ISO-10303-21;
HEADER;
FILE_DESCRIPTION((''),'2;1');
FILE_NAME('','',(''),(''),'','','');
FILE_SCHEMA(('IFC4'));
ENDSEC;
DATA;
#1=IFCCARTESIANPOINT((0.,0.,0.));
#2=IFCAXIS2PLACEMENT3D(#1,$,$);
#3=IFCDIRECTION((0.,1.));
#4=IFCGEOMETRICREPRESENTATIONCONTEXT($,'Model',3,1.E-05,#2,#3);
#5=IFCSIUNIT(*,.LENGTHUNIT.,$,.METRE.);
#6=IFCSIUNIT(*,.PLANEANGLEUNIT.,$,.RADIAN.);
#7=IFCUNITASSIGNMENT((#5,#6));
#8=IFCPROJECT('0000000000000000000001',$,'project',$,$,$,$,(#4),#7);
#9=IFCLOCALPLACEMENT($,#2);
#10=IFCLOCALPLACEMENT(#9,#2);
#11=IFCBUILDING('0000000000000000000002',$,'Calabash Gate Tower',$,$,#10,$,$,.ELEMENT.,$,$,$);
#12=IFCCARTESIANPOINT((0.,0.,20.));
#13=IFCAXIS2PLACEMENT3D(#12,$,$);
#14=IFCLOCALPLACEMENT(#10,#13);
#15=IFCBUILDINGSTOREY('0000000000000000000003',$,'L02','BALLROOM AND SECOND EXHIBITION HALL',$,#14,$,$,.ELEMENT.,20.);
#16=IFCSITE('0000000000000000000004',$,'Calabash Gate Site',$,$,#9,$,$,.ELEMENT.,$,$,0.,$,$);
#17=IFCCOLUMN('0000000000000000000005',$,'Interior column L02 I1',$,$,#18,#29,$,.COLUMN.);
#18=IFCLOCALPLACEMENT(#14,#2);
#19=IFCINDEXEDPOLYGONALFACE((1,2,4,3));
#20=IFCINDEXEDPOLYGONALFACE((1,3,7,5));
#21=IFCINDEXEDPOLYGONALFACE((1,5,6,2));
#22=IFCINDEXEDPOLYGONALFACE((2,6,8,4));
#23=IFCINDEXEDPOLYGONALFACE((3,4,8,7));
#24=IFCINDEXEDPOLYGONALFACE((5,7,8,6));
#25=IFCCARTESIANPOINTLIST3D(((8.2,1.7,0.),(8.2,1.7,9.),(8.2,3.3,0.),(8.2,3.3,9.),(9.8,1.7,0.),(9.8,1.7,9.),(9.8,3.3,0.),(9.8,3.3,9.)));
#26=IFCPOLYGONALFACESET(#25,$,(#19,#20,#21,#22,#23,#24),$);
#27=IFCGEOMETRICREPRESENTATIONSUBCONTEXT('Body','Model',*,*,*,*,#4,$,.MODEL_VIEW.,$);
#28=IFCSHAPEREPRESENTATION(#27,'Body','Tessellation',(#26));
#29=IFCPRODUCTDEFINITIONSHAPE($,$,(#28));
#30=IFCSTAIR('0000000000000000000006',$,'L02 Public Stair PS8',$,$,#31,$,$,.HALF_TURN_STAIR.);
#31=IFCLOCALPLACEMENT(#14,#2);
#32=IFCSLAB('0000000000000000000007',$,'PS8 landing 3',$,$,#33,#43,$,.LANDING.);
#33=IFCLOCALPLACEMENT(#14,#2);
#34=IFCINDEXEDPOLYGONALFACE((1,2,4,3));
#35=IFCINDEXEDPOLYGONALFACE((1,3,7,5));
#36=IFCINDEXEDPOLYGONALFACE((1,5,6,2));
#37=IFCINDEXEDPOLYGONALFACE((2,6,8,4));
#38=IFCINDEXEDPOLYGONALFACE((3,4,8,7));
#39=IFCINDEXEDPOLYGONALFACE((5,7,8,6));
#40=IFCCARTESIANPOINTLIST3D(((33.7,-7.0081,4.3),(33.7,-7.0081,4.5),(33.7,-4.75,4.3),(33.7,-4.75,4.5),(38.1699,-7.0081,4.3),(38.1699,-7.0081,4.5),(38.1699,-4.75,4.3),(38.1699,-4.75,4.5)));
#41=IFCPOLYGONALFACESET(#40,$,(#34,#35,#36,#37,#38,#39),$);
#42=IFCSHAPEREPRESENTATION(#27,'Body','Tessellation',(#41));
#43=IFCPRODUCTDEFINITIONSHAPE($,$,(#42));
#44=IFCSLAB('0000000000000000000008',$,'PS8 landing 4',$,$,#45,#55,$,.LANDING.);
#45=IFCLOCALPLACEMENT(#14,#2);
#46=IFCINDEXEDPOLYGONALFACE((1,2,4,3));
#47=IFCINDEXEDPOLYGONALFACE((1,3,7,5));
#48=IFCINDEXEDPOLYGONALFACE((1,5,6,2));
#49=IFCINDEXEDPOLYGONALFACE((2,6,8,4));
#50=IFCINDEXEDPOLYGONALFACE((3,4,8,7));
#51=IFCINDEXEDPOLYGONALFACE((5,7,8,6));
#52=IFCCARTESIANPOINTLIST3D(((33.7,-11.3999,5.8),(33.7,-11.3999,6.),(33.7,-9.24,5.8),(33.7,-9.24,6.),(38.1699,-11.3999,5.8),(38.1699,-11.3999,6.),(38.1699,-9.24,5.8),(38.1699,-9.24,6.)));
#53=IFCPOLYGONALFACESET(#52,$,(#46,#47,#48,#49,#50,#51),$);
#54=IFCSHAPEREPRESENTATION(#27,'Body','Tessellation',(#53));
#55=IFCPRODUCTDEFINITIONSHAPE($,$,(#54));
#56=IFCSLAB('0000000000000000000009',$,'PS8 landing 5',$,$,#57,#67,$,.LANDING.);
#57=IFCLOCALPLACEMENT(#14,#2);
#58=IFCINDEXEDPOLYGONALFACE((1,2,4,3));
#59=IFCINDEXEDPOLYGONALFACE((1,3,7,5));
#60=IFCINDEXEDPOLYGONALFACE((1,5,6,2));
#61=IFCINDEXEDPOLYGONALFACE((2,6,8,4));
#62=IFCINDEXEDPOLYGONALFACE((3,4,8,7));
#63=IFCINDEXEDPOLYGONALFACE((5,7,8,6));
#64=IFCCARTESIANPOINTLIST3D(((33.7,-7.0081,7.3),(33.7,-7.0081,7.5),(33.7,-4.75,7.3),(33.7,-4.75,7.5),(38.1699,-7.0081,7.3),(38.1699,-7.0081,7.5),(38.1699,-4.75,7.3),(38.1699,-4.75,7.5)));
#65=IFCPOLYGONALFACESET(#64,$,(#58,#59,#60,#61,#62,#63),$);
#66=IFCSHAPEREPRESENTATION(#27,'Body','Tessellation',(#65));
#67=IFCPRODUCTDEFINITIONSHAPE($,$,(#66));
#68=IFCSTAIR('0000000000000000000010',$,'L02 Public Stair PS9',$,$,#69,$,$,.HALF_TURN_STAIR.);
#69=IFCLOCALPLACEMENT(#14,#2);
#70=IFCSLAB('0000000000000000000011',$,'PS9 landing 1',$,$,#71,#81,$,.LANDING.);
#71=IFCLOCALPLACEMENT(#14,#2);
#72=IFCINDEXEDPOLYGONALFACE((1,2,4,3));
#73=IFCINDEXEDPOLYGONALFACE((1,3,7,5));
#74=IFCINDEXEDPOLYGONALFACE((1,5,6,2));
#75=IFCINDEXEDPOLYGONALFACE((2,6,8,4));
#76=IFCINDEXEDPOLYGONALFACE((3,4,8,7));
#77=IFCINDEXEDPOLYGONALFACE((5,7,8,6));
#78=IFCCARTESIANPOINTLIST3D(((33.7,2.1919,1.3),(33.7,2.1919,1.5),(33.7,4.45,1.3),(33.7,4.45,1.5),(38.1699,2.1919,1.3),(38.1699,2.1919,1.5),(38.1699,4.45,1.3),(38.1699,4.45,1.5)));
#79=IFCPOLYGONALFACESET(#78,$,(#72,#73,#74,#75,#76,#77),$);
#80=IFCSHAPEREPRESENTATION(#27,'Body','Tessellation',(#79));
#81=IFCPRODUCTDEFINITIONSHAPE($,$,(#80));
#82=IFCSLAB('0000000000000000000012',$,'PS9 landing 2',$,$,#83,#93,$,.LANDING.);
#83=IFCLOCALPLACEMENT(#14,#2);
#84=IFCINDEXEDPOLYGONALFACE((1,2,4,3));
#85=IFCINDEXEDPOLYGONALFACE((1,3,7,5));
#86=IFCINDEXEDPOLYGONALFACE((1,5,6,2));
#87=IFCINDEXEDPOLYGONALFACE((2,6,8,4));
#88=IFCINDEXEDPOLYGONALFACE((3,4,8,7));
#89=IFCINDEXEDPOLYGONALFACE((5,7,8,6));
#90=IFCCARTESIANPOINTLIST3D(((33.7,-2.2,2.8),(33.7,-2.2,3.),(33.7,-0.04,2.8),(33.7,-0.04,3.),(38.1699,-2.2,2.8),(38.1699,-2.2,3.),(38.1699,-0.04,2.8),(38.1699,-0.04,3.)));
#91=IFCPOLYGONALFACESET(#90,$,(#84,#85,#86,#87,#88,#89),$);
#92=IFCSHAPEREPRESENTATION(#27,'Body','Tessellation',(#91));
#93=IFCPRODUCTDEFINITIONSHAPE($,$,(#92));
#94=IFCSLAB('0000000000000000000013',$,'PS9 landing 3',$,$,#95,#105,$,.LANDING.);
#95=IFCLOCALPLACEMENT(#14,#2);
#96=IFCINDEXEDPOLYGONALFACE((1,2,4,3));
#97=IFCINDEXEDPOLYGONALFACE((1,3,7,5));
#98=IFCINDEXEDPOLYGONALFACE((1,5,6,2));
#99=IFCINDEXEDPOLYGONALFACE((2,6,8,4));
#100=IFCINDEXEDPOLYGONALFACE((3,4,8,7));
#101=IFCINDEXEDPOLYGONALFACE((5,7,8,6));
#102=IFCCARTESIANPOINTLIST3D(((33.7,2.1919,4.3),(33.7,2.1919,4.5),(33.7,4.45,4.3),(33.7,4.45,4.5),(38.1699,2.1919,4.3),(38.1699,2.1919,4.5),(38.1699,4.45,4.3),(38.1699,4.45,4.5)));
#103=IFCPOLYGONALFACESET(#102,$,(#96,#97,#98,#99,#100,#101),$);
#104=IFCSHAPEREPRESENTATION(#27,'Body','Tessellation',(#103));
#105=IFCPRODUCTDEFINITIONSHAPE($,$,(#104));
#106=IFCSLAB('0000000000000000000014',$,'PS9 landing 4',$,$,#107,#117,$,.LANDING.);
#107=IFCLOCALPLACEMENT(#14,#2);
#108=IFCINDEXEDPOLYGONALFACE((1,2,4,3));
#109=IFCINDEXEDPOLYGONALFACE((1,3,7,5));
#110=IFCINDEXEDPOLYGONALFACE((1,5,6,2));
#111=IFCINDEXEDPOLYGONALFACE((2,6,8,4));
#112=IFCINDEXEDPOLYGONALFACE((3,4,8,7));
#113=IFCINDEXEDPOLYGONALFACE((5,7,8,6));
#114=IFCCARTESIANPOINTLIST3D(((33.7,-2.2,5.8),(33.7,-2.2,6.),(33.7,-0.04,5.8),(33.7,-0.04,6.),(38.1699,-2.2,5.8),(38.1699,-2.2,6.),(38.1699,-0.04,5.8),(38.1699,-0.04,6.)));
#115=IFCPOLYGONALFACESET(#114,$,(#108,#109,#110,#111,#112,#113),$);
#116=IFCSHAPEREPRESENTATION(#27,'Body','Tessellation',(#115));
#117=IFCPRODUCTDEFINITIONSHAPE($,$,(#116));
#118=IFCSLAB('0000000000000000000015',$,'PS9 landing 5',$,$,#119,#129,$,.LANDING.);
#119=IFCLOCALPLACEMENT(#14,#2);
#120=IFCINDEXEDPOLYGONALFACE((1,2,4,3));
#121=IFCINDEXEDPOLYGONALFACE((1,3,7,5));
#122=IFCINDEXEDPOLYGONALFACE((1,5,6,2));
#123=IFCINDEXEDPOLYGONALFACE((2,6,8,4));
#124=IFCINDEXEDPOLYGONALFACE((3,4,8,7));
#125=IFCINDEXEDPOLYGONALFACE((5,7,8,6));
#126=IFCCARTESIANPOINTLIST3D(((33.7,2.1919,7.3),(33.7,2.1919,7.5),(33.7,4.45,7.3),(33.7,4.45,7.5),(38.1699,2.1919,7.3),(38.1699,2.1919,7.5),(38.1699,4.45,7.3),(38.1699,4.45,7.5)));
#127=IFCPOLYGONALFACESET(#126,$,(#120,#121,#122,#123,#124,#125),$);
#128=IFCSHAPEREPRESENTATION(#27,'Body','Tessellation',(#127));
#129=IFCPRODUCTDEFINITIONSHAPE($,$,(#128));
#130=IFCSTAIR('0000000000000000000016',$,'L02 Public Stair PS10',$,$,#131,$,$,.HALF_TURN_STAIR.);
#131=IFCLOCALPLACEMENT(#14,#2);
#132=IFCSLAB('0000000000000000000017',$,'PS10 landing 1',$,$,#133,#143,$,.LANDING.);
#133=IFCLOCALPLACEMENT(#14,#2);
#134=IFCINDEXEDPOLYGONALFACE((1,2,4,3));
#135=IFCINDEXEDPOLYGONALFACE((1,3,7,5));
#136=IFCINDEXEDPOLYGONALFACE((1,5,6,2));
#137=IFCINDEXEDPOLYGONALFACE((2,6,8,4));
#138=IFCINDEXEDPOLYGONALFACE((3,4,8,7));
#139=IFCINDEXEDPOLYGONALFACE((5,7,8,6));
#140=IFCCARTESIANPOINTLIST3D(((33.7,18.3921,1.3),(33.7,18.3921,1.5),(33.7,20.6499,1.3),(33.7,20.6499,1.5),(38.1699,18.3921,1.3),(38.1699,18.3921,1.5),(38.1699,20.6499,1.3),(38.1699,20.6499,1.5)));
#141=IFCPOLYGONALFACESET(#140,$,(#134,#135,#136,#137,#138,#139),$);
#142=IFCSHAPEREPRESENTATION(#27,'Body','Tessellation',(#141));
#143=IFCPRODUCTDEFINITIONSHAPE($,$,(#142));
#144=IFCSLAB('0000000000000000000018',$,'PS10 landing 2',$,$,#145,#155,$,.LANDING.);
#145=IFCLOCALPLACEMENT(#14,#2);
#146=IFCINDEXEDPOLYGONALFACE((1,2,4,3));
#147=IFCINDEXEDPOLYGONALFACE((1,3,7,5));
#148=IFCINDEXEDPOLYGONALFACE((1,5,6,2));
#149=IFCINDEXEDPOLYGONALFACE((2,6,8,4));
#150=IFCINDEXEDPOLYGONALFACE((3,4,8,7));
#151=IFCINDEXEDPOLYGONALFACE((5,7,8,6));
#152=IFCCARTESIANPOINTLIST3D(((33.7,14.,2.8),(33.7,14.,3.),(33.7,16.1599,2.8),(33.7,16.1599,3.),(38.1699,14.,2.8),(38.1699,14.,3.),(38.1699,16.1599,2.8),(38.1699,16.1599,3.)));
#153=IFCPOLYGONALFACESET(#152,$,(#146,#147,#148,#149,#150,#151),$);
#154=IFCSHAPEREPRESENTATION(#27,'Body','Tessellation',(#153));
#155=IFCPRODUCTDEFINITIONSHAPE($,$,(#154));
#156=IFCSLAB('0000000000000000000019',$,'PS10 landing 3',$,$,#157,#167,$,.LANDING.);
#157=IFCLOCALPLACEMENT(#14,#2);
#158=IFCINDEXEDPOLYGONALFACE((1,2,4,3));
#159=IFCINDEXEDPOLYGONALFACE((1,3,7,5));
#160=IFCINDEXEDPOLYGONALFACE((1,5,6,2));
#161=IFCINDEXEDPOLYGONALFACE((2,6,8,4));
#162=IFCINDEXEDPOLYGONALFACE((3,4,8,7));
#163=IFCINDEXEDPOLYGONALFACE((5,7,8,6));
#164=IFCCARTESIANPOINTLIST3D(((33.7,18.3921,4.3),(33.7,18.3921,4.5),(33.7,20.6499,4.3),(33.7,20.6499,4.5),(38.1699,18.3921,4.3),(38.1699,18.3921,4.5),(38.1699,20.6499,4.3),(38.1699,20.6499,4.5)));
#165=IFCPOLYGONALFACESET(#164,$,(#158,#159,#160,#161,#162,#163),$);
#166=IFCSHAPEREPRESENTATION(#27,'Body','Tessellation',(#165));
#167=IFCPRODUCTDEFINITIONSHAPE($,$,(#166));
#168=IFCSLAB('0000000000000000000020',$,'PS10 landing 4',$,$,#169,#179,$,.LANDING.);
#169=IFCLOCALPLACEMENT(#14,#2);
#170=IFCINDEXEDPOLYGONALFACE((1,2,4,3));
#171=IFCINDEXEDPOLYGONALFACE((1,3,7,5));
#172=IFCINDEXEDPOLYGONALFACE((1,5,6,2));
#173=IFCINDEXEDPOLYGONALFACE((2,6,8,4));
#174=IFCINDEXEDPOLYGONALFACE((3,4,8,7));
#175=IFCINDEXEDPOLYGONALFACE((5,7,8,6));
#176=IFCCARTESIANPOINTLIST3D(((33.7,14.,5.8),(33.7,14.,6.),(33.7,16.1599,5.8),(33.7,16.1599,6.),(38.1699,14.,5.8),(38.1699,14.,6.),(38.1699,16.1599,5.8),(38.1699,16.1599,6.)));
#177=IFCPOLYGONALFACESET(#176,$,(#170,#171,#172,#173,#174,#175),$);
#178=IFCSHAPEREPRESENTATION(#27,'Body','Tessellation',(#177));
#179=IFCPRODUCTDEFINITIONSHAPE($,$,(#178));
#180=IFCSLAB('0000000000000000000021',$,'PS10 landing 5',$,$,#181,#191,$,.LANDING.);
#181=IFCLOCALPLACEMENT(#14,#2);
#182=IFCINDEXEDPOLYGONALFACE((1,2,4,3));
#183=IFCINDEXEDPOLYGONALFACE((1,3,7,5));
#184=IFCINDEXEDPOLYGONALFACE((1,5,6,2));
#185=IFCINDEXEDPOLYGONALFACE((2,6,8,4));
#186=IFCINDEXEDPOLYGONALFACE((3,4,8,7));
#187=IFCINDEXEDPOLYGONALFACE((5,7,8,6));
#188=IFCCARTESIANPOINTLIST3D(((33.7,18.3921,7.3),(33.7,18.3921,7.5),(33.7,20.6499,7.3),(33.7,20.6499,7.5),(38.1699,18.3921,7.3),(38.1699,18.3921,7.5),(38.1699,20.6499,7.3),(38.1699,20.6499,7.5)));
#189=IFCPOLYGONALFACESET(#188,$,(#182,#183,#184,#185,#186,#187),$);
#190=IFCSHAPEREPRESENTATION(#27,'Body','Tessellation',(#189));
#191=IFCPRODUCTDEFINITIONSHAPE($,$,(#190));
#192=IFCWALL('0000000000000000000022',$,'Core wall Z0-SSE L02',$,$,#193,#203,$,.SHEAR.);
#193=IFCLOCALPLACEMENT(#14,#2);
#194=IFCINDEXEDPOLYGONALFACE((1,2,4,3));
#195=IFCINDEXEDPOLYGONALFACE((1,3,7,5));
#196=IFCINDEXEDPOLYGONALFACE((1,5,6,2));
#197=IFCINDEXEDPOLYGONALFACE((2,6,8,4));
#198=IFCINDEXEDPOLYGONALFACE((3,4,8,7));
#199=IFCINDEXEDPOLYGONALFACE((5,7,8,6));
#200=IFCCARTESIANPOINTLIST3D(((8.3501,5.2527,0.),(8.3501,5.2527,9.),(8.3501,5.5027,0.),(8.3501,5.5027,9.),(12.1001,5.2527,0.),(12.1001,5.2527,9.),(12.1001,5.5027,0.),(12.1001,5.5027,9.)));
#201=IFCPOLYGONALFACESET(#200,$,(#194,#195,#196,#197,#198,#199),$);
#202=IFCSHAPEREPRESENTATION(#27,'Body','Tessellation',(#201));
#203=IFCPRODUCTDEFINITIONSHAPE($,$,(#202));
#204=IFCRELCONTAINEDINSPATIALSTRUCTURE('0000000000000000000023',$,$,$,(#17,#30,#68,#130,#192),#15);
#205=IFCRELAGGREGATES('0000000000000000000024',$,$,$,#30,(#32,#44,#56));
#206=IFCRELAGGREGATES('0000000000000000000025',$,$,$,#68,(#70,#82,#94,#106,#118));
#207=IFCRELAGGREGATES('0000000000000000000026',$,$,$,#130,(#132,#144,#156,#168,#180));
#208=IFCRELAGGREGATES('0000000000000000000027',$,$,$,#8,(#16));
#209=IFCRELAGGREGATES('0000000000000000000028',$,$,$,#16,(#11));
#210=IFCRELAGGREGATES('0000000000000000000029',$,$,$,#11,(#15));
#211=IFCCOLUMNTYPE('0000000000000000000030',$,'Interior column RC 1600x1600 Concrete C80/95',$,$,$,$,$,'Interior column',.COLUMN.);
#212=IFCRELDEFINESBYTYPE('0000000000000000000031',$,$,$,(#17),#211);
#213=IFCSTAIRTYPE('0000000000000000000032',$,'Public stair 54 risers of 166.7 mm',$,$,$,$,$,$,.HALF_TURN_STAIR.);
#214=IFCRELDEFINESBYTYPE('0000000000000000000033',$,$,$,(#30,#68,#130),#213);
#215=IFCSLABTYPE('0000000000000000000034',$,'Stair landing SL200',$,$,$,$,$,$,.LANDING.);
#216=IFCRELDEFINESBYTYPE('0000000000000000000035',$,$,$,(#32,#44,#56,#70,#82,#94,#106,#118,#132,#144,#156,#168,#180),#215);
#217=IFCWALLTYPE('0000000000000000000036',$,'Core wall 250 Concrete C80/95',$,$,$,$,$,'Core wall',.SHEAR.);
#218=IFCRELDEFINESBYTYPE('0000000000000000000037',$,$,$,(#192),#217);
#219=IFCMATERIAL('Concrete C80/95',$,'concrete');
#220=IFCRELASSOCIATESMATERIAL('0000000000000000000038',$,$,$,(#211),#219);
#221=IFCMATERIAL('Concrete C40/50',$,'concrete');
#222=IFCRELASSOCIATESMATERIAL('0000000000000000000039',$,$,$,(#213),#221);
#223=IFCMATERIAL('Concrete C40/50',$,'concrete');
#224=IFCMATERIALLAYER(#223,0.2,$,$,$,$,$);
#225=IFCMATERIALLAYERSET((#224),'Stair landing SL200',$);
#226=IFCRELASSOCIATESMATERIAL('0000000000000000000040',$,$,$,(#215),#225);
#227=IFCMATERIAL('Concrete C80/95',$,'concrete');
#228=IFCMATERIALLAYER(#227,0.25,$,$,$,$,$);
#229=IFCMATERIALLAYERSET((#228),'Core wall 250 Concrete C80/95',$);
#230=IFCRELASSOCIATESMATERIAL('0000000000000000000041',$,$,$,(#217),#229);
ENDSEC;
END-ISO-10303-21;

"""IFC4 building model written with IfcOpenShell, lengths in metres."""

from ifc_helpers import new_model, si_unit, direction, frame, frame_2d, origin, origin_2d, place, context, subcontext, project, spatial, polyline, rectangle, outline, extrude, material, layer, layer_set, material_profile, profile_set, type_object, element, aggregate, save


model = new_model("IFC4")

# Units and contexts
model_context = context("Model", 3, precision=1e-05, world=origin(), true_north=direction((0.0, 1.0)))
body_context = subcontext(model_context, "Body", "Model", "MODEL_VIEW")
ifc_project = project(units=[si_unit("LENGTHUNIT", "METRE"), si_unit("PLANEANGLEUNIT", "RADIAN")], contexts=[model_context])

# Site, building, storey
site_placement = place(None, origin())
site = spatial("IfcSite", under=ifc_project, at=site_placement, Name="Calabash Gate Site", CompositionType="ELEMENT", RefElevation=0.0)
building_placement = place(site_placement, origin())
building = spatial("IfcBuilding", under=site, at=building_placement, Name="Calabash Gate Tower", CompositionType="ELEMENT")
storey_placement = place(building_placement, frame((0.0, 0.0, 20.0)))
storey = spatial("IfcBuildingStorey", under=building, at=storey_placement, Name="L02", Description="BALLROOM AND SECOND EXHIBITION HALL", CompositionType="ELEMENT", Elevation=20.0)

# Column
ifc_material_1 = material(Name="Concrete C80/95", Category="concrete")
ifc_material_profile = material_profile(ifc_material_1, rectangle(XDim=1.6001, YDim=1.6001, at=origin_2d()))
ifc_profile_set = profile_set([ifc_material_profile], Name="Concrete C80/95")
column_type = type_object("IfcColumnType", Name="Interior column RC 1600x1600 Concrete C80/95", ElementType="Interior column", PredefinedType="COLUMN", material=ifc_profile_set)
column_placement = place(storey_placement, frame((9.0, 2.5, 0.0), z_axis=(0.0, 0.0, 1.0), x_axis=(1.0, 0.0, 0.0)))
element("IfcColumn", 1, at=column_placement, inside=storey, type_object=column_type, Name="Interior column L02 I1", PredefinedType="COLUMN", context=body_context, shape_type="SweptSolid", body=[
    extrude(rectangle(XDim=1.6001, YDim=1.6001, at=origin_2d()), origin(), (0.0, 0.0, 1.0), 9.0),
])

# Stairs, slabs
ifc_material_2 = material(Name="Concrete C40/50", Category="concrete")
stair_type = type_object("IfcStairType", Name="Public stair 54 risers of 166.7 mm", PredefinedType="HALF_TURN_STAIR", material=ifc_material_2)
stair_1_placement = place(storey_placement, origin())
stair_1 = element("IfcStair", 2, at=stair_1_placement, inside=storey, type_object=stair_type, Name="L02 Public Stair PS8", PredefinedType="HALF_TURN_STAIR")
ifc_material_3 = material(Name="Concrete C40/50", Category="concrete")
ifc_layer_1 = layer(ifc_material_3, 0.2)
ifc_layer_set_1 = layer_set([ifc_layer_1], Name="Stair landing SL200")
slab_type = type_object("IfcSlabType", Name="Stair landing SL200", PredefinedType="LANDING", material=ifc_layer_set_1)
slab_1_placement = place(storey_placement, frame((0.0, 0.0, 4.3)))
slab_1 = element("IfcSlab", 3, at=slab_1_placement, type_object=slab_type, Name="PS8 landing 3", PredefinedType="LANDING", context=body_context, shape_type="SweptSolid", body=[
    extrude(outline(polyline([(38.1699, -7.0081), (38.1699, -4.75), (33.7, -4.75), (33.7, -7.0081), (38.1699, -7.0081)])), origin(), (0.0, 0.0, 1.0), 0.2),
])
slab_2_placement = place(storey_placement, frame((0.0, 0.0, 5.8)))
slab_2 = element("IfcSlab", 4, at=slab_2_placement, type_object=slab_type, Name="PS8 landing 4", PredefinedType="LANDING", context=body_context, shape_type="SweptSolid", body=[
    extrude(outline(polyline([(38.1699, -11.3999), (38.1699, -9.24), (33.7, -9.24), (33.7, -11.3999), (38.1699, -11.3999)])), origin(), (0.0, 0.0, 1.0), 0.2),
])
slab_3_placement = place(storey_placement, frame((0.0, 0.0, 7.3)))
slab_3 = element("IfcSlab", 5, at=slab_3_placement, type_object=slab_type, Name="PS8 landing 5", PredefinedType="LANDING", context=body_context, shape_type="SweptSolid", body=[
    extrude(outline(polyline([(38.1699, -7.0081), (38.1699, -4.75), (33.7, -4.75), (33.7, -7.0081), (38.1699, -7.0081)])), origin(), (0.0, 0.0, 1.0), 0.2),
])
aggregate(stair_1, [slab_1, slab_2, slab_3])
stair_2_placement = place(storey_placement, origin())
stair_2 = element("IfcStair", 6, at=stair_2_placement, inside=storey, type_object=stair_type, Name="L02 Public Stair PS9", PredefinedType="HALF_TURN_STAIR")
slab_4_placement = place(storey_placement, frame((0.0, 0.0, 1.3)))
slab_4 = element("IfcSlab", 7, at=slab_4_placement, type_object=slab_type, Name="PS9 landing 1", PredefinedType="LANDING", context=body_context, shape_type="SweptSolid", body=[
    extrude(outline(polyline([(38.1699, 2.1919), (38.1699, 4.45), (33.7, 4.45), (33.7, 2.1919), (38.1699, 2.1919)])), origin(), (0.0, 0.0, 1.0), 0.2),
])
slab_5_placement = place(storey_placement, frame((0.0, 0.0, 2.8)))
slab_5 = element("IfcSlab", 8, at=slab_5_placement, type_object=slab_type, Name="PS9 landing 2", PredefinedType="LANDING", context=body_context, shape_type="SweptSolid", body=[
    extrude(outline(polyline([(38.1699, -2.2), (38.1699, -0.04), (33.7, -0.04), (33.7, -2.2), (38.1699, -2.2)])), origin(), (0.0, 0.0, 1.0), 0.2),
])
slab_6_placement = place(storey_placement, frame((0.0, 0.0, 4.3)))
slab_6 = element("IfcSlab", 9, at=slab_6_placement, type_object=slab_type, Name="PS9 landing 3", PredefinedType="LANDING", context=body_context, shape_type="SweptSolid", body=[
    extrude(outline(polyline([(38.1699, 2.1919), (38.1699, 4.45), (33.7, 4.45), (33.7, 2.1919), (38.1699, 2.1919)])), origin(), (0.0, 0.0, 1.0), 0.2),
])
slab_7_placement = place(storey_placement, frame((0.0, 0.0, 5.8)))
slab_7 = element("IfcSlab", 10, at=slab_7_placement, type_object=slab_type, Name="PS9 landing 4", PredefinedType="LANDING", context=body_context, shape_type="SweptSolid", body=[
    extrude(outline(polyline([(38.1699, -2.2), (38.1699, -0.04), (33.7, -0.04), (33.7, -2.2), (38.1699, -2.2)])), origin(), (0.0, 0.0, 1.0), 0.2),
])
slab_8_placement = place(storey_placement, frame((0.0, 0.0, 7.3)))
slab_8 = element("IfcSlab", 11, at=slab_8_placement, type_object=slab_type, Name="PS9 landing 5", PredefinedType="LANDING", context=body_context, shape_type="SweptSolid", body=[
    extrude(outline(polyline([(38.1699, 2.1919), (38.1699, 4.45), (33.7, 4.45), (33.7, 2.1919), (38.1699, 2.1919)])), origin(), (0.0, 0.0, 1.0), 0.2),
])
aggregate(stair_2, [slab_4, slab_5, slab_6, slab_7, slab_8])
stair_3_placement = place(storey_placement, origin())
stair_3 = element("IfcStair", 12, at=stair_3_placement, inside=storey, type_object=stair_type, Name="L02 Public Stair PS10", PredefinedType="HALF_TURN_STAIR")
slab_9_placement = place(storey_placement, frame((0.0, 0.0, 1.3)))
slab_9 = element("IfcSlab", 13, at=slab_9_placement, type_object=slab_type, Name="PS10 landing 1", PredefinedType="LANDING", context=body_context, shape_type="SweptSolid", body=[
    extrude(outline(polyline([(38.1699, 18.3921), (38.1699, 20.6499), (33.7, 20.6499), (33.7, 18.3921), (38.1699, 18.3921)])), origin(), (0.0, 0.0, 1.0), 0.2),
])
slab_10_placement = place(storey_placement, frame((0.0, 0.0, 2.8)))
slab_10 = element("IfcSlab", 14, at=slab_10_placement, type_object=slab_type, Name="PS10 landing 2", PredefinedType="LANDING", context=body_context, shape_type="SweptSolid", body=[
    extrude(outline(polyline([(38.1699, 14.0), (38.1699, 16.1599), (33.7, 16.1599), (33.7, 14.0), (38.1699, 14.0)])), origin(), (0.0, 0.0, 1.0), 0.2),
])
slab_11_placement = place(storey_placement, frame((0.0, 0.0, 4.3)))
slab_11 = element("IfcSlab", 15, at=slab_11_placement, type_object=slab_type, Name="PS10 landing 3", PredefinedType="LANDING", context=body_context, shape_type="SweptSolid", body=[
    extrude(outline(polyline([(38.1699, 18.3921), (38.1699, 20.6499), (33.7, 20.6499), (33.7, 18.3921), (38.1699, 18.3921)])), origin(), (0.0, 0.0, 1.0), 0.2),
])
slab_12_placement = place(storey_placement, frame((0.0, 0.0, 5.8)))
slab_12 = element("IfcSlab", 16, at=slab_12_placement, type_object=slab_type, Name="PS10 landing 4", PredefinedType="LANDING", context=body_context, shape_type="SweptSolid", body=[
    extrude(outline(polyline([(38.1699, 14.0), (38.1699, 16.1599), (33.7, 16.1599), (33.7, 14.0), (38.1699, 14.0)])), origin(), (0.0, 0.0, 1.0), 0.2),
])
slab_13_placement = place(storey_placement, frame((0.0, 0.0, 7.3)))
slab_13 = element("IfcSlab", 17, at=slab_13_placement, type_object=slab_type, Name="PS10 landing 5", PredefinedType="LANDING", context=body_context, shape_type="SweptSolid", body=[
    extrude(outline(polyline([(38.1699, 18.3921), (38.1699, 20.6499), (33.7, 20.6499), (33.7, 18.3921), (38.1699, 18.3921)])), origin(), (0.0, 0.0, 1.0), 0.2),
])
aggregate(stair_3, [slab_9, slab_10, slab_11, slab_12, slab_13])

# Wall
ifc_material_4 = material(Name="Concrete C80/95", Category="concrete")
ifc_layer_2 = layer(ifc_material_4, 0.25)
ifc_layer_set_2 = layer_set([ifc_layer_2], Name="Core wall 250 Concrete C80/95")
wall_type_1 = type_object("IfcWallType", Name="Core wall 250 Concrete C80/95", ElementType="Core wall", PredefinedType="SHEAR", material=ifc_layer_set_2)
wall_1_placement = place(storey_placement, frame((8.3501, 5.3777, 0.0), z_axis=(0.0, 0.0, 1.0), x_axis=(1.0, 0.0, 0.0)))
element("IfcWall", 18, at=wall_1_placement, inside=storey, type_object=wall_type_1, Name="Core wall Z0-SSE L02", PredefinedType="SHEAR", context=body_context, shape_type="SweptSolid", body=[
    extrude(rectangle(XDim=3.75, YDim=0.25, at=frame_2d((1.875, 0.0))), origin(), (0.0, 0.0, 1.0), 9.0),
])

save(model, "model.ifc")
